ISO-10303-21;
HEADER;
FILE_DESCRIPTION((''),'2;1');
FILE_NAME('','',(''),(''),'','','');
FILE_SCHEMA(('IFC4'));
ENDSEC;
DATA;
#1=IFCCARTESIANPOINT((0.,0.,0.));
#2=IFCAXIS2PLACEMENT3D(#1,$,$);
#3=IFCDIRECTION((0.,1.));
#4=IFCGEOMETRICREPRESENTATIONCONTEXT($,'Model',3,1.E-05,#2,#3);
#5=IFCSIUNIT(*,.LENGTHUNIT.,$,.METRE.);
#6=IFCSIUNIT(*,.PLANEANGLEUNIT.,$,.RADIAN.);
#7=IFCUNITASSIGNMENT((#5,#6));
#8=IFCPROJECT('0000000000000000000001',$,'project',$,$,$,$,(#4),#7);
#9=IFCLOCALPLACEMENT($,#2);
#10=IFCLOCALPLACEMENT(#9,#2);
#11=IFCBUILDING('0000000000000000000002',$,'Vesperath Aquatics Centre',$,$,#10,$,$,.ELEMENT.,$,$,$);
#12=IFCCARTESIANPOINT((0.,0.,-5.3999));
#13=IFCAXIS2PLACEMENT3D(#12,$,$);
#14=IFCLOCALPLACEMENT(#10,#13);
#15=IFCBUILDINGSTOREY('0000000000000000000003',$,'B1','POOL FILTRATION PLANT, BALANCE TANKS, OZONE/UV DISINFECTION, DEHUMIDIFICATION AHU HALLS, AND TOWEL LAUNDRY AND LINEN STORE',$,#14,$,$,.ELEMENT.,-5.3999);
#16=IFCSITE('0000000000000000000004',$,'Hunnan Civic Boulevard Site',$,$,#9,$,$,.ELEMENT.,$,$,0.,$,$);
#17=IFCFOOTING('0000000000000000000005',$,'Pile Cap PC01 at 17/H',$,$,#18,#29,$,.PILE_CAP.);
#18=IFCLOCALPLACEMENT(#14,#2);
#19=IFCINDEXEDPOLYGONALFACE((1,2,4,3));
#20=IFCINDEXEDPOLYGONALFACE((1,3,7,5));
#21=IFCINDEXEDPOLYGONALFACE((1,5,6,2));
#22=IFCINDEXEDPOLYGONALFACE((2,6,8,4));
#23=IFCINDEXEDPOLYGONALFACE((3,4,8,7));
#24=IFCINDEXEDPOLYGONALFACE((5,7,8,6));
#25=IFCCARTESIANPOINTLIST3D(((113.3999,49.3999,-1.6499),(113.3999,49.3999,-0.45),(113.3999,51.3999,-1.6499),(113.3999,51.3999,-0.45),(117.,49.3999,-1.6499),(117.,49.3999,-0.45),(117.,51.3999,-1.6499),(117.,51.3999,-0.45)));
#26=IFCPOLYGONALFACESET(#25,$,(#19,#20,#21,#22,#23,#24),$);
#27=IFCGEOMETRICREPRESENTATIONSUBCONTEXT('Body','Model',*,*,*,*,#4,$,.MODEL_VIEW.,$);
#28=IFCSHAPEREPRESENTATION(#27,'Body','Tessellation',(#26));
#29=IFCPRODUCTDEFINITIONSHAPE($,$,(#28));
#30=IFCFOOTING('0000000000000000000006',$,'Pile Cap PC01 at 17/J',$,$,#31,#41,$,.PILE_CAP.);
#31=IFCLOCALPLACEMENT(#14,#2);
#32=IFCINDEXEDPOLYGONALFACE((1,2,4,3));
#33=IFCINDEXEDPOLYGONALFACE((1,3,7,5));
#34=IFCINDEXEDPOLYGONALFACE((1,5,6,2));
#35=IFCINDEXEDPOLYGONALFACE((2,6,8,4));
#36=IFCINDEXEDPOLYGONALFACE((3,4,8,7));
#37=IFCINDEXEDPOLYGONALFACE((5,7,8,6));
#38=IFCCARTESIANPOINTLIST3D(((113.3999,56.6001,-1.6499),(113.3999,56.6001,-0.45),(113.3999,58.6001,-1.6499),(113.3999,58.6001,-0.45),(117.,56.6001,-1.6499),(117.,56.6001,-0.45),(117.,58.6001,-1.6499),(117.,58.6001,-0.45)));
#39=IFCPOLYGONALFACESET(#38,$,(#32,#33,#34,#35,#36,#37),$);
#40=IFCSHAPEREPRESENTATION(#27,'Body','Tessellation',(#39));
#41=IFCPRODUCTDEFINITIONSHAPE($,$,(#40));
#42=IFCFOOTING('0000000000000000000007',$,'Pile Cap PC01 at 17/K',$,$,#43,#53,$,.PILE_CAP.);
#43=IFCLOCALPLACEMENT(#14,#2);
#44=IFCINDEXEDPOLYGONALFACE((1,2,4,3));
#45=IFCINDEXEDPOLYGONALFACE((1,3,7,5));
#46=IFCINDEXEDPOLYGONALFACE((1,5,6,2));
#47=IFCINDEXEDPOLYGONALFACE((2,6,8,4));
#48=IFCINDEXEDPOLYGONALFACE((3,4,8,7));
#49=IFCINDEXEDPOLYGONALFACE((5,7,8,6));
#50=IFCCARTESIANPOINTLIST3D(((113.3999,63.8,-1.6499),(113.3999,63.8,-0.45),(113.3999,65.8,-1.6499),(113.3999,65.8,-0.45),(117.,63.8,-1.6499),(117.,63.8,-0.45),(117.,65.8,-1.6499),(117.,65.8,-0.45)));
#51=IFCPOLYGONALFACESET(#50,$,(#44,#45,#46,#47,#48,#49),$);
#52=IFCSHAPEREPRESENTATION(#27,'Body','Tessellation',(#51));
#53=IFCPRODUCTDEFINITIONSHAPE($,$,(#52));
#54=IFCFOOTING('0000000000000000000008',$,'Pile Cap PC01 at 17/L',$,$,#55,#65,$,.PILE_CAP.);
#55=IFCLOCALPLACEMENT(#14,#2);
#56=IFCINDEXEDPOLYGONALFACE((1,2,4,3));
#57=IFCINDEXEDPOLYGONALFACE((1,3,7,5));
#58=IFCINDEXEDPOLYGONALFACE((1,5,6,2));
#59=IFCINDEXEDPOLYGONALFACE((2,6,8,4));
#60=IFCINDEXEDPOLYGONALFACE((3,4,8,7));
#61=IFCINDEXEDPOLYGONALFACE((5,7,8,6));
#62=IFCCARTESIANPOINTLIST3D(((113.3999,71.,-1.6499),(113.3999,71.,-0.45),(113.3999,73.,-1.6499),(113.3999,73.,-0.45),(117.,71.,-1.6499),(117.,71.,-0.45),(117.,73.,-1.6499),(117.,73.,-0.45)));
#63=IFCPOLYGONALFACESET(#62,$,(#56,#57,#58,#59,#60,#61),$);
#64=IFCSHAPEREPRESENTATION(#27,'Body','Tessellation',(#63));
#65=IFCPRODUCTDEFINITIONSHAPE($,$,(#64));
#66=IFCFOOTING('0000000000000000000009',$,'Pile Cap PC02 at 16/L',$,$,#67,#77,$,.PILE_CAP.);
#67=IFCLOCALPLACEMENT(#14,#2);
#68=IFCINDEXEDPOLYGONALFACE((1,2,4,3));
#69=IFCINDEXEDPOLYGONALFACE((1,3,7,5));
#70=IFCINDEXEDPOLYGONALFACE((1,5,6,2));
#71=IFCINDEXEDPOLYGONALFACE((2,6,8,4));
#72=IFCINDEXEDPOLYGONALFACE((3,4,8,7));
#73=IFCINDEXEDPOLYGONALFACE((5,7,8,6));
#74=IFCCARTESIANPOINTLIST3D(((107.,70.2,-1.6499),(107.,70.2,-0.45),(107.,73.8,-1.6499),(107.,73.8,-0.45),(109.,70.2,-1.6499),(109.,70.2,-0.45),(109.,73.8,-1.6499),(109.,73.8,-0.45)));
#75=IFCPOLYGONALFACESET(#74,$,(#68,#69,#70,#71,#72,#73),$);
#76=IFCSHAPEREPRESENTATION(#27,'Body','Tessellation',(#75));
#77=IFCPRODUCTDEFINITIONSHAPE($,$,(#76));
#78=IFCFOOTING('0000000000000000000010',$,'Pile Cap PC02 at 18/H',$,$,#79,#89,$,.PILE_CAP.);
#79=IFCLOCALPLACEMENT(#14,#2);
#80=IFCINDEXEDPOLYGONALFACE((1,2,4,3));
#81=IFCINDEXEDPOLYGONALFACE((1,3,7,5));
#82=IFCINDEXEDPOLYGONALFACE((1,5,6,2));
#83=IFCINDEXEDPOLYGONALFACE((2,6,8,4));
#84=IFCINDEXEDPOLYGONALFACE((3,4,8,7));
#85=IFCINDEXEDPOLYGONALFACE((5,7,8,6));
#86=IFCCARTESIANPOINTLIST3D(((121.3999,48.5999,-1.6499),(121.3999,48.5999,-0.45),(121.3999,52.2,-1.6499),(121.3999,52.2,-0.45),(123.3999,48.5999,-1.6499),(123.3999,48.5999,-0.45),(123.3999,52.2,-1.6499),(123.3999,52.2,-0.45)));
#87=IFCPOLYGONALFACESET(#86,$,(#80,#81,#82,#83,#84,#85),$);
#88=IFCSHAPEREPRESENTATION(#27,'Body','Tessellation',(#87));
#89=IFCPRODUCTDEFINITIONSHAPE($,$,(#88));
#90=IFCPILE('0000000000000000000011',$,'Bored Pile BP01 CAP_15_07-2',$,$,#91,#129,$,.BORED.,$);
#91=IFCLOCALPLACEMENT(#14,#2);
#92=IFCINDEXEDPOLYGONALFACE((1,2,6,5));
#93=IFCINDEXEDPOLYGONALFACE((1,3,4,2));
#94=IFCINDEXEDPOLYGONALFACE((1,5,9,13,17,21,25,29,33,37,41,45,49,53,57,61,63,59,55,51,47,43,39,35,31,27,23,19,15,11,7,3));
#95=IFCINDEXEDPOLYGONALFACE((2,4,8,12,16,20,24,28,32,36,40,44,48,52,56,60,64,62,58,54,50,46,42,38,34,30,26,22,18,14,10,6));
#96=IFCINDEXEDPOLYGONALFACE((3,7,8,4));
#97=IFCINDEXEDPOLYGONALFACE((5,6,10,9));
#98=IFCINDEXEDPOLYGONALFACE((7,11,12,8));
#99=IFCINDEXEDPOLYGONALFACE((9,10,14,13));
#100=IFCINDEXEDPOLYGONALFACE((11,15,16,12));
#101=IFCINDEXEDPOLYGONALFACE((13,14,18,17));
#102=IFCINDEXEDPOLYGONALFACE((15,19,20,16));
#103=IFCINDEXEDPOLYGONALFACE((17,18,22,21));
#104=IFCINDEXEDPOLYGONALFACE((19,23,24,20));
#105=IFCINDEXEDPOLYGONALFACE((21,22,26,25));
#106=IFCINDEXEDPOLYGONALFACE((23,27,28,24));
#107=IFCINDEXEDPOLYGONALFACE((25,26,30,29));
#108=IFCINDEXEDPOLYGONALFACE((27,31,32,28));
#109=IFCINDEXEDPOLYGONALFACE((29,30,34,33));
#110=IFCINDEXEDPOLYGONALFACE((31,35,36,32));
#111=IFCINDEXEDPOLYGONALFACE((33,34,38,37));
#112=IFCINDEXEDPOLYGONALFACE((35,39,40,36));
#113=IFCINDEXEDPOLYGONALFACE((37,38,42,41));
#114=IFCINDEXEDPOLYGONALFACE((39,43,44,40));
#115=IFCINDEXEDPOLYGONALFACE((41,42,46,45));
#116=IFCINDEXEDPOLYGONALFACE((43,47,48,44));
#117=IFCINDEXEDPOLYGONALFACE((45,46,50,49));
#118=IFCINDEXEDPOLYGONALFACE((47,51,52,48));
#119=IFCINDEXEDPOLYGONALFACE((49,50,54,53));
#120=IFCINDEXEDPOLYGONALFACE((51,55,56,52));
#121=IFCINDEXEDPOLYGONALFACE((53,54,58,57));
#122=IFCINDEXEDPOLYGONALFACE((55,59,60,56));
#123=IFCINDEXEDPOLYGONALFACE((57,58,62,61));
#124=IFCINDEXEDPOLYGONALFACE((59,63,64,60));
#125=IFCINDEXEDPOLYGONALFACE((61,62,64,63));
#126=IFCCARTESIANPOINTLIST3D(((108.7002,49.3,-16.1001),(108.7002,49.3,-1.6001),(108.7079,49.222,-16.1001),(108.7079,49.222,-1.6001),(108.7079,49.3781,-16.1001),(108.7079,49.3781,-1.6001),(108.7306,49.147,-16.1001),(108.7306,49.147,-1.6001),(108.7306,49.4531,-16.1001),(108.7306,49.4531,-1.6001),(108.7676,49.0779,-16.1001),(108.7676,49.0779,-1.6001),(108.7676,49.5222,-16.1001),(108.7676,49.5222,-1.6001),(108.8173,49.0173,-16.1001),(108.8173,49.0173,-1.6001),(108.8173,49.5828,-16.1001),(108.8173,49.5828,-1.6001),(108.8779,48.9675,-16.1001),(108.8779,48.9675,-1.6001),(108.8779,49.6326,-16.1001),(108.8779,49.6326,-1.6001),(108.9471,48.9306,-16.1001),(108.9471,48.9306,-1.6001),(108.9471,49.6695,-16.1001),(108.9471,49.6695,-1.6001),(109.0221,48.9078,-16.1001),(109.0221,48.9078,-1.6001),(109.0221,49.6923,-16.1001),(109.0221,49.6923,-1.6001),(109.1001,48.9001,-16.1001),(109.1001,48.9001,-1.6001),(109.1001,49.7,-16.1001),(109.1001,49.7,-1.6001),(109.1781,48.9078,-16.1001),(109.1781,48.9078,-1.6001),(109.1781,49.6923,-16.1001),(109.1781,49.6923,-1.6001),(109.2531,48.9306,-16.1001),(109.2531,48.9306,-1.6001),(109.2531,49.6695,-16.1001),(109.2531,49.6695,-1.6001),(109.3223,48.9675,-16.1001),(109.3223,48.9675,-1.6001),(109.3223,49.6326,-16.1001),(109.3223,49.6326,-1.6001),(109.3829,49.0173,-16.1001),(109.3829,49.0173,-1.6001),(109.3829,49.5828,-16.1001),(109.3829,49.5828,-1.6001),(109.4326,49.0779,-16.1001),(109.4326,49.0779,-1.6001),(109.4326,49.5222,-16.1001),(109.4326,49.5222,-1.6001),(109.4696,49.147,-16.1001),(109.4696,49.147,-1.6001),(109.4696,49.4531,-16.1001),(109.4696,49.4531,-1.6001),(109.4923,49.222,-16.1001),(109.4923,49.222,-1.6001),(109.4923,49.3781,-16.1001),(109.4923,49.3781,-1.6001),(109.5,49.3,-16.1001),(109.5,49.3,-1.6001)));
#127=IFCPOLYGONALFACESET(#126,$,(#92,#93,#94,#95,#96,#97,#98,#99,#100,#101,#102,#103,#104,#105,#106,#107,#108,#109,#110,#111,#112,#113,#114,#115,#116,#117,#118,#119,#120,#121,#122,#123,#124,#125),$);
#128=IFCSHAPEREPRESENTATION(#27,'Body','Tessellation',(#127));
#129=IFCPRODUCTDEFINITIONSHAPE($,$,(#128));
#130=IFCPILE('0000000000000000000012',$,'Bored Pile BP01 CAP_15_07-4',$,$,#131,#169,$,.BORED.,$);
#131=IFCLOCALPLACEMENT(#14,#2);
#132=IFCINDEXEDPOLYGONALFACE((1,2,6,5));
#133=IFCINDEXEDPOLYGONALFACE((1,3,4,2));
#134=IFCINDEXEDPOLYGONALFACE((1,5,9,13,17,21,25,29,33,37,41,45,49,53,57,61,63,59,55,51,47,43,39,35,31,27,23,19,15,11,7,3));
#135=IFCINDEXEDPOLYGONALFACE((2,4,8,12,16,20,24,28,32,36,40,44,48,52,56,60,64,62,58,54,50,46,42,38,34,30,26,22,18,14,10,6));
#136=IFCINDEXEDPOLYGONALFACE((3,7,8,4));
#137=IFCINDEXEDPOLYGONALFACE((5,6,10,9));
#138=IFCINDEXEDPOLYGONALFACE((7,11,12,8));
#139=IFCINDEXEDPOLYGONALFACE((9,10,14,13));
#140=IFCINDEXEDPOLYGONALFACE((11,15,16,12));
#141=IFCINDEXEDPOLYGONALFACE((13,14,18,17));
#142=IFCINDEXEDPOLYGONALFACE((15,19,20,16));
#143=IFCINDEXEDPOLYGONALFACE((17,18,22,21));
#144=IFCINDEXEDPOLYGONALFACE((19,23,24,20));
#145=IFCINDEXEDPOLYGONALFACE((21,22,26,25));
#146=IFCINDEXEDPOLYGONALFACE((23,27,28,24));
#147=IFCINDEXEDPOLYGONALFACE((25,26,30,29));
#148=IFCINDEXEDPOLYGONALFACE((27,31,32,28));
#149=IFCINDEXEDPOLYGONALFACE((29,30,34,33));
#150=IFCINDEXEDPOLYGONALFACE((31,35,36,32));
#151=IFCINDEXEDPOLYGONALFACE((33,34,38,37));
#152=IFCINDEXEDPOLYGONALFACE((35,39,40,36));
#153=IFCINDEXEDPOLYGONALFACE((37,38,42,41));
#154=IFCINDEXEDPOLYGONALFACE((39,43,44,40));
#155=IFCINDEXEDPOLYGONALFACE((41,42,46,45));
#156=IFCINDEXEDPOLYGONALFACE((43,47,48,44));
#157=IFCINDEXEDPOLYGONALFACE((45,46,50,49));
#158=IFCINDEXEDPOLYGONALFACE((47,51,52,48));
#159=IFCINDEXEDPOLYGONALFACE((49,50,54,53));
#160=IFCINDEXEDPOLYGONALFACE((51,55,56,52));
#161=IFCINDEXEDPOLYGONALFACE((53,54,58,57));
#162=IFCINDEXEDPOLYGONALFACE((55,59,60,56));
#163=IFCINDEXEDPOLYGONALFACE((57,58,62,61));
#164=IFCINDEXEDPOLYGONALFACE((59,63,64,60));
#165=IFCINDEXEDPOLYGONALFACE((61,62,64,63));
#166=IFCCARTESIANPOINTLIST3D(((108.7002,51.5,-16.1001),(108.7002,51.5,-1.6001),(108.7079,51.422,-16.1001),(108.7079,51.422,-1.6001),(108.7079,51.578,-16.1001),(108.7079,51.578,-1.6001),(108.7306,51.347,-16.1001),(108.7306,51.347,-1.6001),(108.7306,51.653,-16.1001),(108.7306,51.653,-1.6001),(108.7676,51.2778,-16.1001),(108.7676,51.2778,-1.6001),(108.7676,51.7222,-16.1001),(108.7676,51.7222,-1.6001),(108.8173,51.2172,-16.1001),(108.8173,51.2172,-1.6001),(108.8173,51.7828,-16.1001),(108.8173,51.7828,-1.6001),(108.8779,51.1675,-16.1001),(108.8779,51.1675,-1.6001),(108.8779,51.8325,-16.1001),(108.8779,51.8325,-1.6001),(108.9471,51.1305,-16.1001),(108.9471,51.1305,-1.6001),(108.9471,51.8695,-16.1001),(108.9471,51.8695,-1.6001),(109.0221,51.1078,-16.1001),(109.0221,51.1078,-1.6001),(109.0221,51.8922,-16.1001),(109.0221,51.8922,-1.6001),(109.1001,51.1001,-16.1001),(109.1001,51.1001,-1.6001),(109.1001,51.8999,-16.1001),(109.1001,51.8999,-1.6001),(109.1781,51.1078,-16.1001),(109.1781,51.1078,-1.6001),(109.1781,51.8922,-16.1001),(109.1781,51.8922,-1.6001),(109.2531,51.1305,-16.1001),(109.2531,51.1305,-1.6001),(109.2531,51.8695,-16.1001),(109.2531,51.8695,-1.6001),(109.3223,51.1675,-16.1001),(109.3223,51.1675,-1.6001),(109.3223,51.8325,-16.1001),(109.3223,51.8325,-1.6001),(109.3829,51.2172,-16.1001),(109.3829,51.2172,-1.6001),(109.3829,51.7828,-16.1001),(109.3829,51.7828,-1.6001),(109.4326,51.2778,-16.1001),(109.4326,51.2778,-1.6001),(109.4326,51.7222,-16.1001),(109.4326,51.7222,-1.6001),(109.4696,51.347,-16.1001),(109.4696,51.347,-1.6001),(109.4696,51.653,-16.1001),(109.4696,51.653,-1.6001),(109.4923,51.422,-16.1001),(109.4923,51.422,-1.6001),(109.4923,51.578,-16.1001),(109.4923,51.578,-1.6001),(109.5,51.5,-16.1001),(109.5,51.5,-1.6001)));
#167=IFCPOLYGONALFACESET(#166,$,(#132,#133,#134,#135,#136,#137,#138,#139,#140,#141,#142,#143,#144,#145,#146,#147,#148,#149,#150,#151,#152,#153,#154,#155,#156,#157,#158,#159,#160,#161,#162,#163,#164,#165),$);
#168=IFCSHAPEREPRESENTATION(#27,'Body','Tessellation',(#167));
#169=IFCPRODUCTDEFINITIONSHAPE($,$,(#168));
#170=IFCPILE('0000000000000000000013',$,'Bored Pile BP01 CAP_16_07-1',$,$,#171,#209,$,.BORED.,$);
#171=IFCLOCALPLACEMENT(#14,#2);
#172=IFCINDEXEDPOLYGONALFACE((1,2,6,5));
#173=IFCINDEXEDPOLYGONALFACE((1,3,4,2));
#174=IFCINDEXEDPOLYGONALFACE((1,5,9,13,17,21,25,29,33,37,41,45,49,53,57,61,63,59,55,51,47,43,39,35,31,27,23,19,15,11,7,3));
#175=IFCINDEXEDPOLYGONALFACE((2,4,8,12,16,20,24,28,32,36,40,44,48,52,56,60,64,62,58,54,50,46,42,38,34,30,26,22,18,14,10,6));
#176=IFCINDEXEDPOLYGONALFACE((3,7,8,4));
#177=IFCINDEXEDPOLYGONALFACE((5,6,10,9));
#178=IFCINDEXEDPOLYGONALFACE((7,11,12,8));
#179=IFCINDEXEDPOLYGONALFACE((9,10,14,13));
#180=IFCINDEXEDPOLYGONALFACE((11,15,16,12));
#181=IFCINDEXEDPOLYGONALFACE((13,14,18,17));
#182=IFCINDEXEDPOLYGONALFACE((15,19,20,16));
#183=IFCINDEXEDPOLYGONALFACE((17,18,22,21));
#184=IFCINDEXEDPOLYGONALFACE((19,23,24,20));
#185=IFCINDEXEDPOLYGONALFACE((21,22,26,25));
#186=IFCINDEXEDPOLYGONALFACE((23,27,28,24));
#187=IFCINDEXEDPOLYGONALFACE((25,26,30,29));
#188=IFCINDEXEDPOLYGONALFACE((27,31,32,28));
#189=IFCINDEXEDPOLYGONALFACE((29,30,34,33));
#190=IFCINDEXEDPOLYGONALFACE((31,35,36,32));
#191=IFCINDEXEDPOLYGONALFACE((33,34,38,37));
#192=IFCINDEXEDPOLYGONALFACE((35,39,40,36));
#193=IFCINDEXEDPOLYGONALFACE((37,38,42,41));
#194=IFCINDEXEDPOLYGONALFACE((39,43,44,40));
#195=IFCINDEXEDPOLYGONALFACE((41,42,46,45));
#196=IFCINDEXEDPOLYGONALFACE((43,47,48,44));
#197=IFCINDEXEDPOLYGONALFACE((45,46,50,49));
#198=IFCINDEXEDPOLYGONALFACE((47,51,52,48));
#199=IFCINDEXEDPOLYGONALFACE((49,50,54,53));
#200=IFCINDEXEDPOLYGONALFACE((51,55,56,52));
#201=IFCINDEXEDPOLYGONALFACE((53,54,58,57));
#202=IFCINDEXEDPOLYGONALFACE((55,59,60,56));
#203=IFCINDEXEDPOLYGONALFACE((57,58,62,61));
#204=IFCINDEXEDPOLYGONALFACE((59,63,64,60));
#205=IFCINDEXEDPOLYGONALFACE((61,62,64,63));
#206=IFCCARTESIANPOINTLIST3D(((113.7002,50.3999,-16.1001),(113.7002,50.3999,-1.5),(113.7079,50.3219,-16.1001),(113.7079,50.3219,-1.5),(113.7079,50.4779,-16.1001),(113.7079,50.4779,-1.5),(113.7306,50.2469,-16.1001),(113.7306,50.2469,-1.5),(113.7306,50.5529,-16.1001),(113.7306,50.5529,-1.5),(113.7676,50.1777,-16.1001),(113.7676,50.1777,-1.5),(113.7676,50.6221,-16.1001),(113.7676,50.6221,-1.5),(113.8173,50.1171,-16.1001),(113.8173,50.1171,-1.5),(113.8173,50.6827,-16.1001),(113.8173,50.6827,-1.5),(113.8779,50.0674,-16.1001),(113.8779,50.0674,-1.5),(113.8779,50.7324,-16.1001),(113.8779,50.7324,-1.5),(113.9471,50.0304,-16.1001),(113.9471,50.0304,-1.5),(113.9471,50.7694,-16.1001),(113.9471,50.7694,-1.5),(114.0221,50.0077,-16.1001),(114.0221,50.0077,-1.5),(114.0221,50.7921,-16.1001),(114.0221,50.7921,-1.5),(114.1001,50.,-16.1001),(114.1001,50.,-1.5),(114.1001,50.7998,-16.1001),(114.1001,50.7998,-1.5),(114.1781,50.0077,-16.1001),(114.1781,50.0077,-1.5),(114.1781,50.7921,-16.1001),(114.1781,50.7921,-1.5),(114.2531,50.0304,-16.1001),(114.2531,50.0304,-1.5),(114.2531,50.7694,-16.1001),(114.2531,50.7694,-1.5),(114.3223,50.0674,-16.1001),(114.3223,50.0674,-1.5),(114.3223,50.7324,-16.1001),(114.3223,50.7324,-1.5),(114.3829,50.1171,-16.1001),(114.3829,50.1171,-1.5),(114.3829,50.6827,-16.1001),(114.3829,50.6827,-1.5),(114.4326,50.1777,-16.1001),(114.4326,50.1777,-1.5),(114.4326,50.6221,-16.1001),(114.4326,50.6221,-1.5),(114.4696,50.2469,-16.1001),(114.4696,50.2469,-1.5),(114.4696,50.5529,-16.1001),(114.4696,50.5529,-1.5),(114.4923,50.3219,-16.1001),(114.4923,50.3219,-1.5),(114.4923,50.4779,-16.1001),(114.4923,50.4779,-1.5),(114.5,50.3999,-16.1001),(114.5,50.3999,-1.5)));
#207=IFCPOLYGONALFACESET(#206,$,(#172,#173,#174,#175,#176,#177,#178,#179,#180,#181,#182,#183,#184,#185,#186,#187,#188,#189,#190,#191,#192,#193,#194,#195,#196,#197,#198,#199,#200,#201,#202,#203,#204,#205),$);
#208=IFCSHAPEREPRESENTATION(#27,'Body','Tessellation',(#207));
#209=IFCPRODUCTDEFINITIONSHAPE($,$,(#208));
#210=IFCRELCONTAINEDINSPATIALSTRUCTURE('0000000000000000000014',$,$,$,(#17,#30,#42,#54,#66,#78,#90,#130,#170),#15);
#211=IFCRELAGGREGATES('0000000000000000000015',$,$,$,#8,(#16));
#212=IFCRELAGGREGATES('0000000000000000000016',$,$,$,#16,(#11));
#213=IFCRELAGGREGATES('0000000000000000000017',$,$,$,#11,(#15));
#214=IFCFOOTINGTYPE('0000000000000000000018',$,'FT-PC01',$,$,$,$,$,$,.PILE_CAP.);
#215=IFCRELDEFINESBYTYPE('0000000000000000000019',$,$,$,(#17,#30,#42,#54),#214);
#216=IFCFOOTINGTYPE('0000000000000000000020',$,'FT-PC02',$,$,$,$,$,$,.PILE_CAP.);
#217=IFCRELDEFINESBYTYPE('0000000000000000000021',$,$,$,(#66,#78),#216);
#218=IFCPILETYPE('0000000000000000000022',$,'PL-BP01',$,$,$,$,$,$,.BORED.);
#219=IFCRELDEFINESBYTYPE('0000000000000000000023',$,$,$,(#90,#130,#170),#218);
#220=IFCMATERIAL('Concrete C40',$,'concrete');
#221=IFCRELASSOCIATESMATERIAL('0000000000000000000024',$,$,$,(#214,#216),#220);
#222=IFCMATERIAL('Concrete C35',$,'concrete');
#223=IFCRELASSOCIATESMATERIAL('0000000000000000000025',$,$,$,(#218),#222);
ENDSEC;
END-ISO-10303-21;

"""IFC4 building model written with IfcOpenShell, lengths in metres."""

from ifc_helpers import new_model, si_unit, direction, frame, origin, origin_2d, place, context, subcontext, project, spatial, rectangle, circle, extrude, material, material_profile, profile_set, type_object, element, save


model = new_model("IFC4")

# Units and contexts
model_context = context("Model", 3, precision=1e-05, world=origin(), true_north=direction((0.0, 1.0)))
body_context = subcontext(model_context, "Body", "Model", "MODEL_VIEW")
ifc_project = project(units=[si_unit("LENGTHUNIT", "METRE"), si_unit("PLANEANGLEUNIT", "RADIAN")], contexts=[model_context])

# Site, building, storey
site_placement = place(None, origin())
site = spatial("IfcSite", under=ifc_project, at=site_placement, Name="Hunnan Civic Boulevard Site", CompositionType="ELEMENT", RefElevation=0.0)
building_placement = place(site_placement, origin())
building = spatial("IfcBuilding", under=site, at=building_placement, Name="Vesperath Aquatics Centre", CompositionType="ELEMENT")
storey_placement = place(building_placement, frame((0.0, 0.0, -5.3999)))
storey = spatial("IfcBuildingStorey", under=building, at=storey_placement, Name="B1", Description="POOL FILTRATION PLANT, BALANCE TANKS, OZONE/UV DISINFECTION, DEHUMIDIFICATION AHU HALLS, AND TOWEL LAUNDRY AND LINEN STORE", CompositionType="ELEMENT", Elevation=-5.3999)

# Footings
ifc_material_1 = material(Name="Concrete C40", Category="concrete")
footing_type_1 = type_object("IfcFootingType", Name="FT-PC01", PredefinedType="PILE_CAP", material=ifc_material_1)
for number, where, z_axis, x_axis, name in (
    (1, (115.2, 50.3999, -1.6499), (0.0, 0.0, 1.0), (1.0, 0.0, 0.0), "Pile Cap PC01 at 17/H"),
    (2, (115.2, 57.6001, -1.6499), (0.0, 0.0, 1.0), (1.0, 0.0, 0.0), "Pile Cap PC01 at 17/J"),
    (3, (115.2, 64.8, -1.6499), (0.0, 0.0, 1.0), (1.0, 0.0, 0.0), "Pile Cap PC01 at 17/K"),
    (4, (115.2, 72.0, -1.6499), (0.0, 0.0, 1.0), (1.0, 0.0, 0.0), "Pile Cap PC01 at 17/L"),
):
    element("IfcFooting", number, at=place(storey_placement, frame(where, z_axis=z_axis, x_axis=x_axis)), inside=storey, type_object=footing_type_1, Name=name, PredefinedType="PILE_CAP", context=body_context, shape_type="SweptSolid", body=[
        extrude(rectangle(XDim=3.6001, YDim=2.0, at=origin_2d()), origin(), (0.0, 0.0, 1.0), 1.2),
    ])
footing_type_2 = type_object("IfcFootingType", Name="FT-PC02", PredefinedType="PILE_CAP", material=ifc_material_1)
for number, where, z_axis, x_axis, name in (
    (5, (108.0, 72.0, -1.6499), (0.0, 0.0, 1.0), (1.0, 0.0, 0.0), "Pile Cap PC02 at 16/L"),
    (6, (122.3999, 50.3999, -1.6499), (0.0, 0.0, 1.0), (1.0, 0.0, 0.0), "Pile Cap PC02 at 18/H"),
):
    element("IfcFooting", number, at=place(storey_placement, frame(where, z_axis=z_axis, x_axis=x_axis)), inside=storey, type_object=footing_type_2, Name=name, PredefinedType="PILE_CAP", context=body_context, shape_type="SweptSolid", body=[
        extrude(rectangle(XDim=2.0, YDim=3.6001, at=origin_2d()), origin(), (0.0, 0.0, 1.0), 1.2),
    ])

# Piles
ifc_material_2 = material(Name="Concrete C35", Category="concrete")
ifc_material_profile_1 = material_profile(ifc_material_2, circle(Radius=0.3999, at=origin_2d()), Name="PILE D800")
ifc_profile_set_1 = profile_set([ifc_material_profile_1], Name="Concrete C35")
pile_type = type_object("IfcPileType", Name="PL-BP01", PredefinedType="BORED", material=ifc_profile_set_1)
for number, where, z_axis, x_axis, name in (
    (7, (109.1001, 49.3, -1.6001), (0.0, 0.0, -1.0), (1.0, 0.0, 0.0), "Bored Pile BP01 CAP_15_07-2"),
    (8, (109.1001, 51.5, -1.6001), (0.0, 0.0, -1.0), (1.0, 0.0, 0.0), "Bored Pile BP01 CAP_15_07-4"),
):
    element("IfcPile", number, at=place(storey_placement, frame(where, z_axis=z_axis, x_axis=x_axis)), inside=storey, type_object=pile_type, Name=name, PredefinedType="BORED", context=body_context, shape_type="SweptSolid", body=[
        extrude(circle(Radius=0.3999, at=origin_2d()), origin(), (0.0, 0.0, 1.0), 14.5),
    ])
for number, where, z_axis, x_axis, name in (
    (9, (114.1001, 50.3999, -1.5), (0.0, 0.0, -1.0), (1.0, 0.0, 0.0), "Bored Pile BP01 CAP_16_07-1"),
):
    element("IfcPile", number, at=place(storey_placement, frame(where, z_axis=z_axis, x_axis=x_axis)), inside=storey, type_object=pile_type, Name=name, PredefinedType="BORED", context=body_context, shape_type="SweptSolid", body=[
        extrude(circle(Radius=0.3999, at=origin_2d()), origin(), (0.0, 0.0, 1.0), 14.6001),
    ])

save(model, "model.ifc")
